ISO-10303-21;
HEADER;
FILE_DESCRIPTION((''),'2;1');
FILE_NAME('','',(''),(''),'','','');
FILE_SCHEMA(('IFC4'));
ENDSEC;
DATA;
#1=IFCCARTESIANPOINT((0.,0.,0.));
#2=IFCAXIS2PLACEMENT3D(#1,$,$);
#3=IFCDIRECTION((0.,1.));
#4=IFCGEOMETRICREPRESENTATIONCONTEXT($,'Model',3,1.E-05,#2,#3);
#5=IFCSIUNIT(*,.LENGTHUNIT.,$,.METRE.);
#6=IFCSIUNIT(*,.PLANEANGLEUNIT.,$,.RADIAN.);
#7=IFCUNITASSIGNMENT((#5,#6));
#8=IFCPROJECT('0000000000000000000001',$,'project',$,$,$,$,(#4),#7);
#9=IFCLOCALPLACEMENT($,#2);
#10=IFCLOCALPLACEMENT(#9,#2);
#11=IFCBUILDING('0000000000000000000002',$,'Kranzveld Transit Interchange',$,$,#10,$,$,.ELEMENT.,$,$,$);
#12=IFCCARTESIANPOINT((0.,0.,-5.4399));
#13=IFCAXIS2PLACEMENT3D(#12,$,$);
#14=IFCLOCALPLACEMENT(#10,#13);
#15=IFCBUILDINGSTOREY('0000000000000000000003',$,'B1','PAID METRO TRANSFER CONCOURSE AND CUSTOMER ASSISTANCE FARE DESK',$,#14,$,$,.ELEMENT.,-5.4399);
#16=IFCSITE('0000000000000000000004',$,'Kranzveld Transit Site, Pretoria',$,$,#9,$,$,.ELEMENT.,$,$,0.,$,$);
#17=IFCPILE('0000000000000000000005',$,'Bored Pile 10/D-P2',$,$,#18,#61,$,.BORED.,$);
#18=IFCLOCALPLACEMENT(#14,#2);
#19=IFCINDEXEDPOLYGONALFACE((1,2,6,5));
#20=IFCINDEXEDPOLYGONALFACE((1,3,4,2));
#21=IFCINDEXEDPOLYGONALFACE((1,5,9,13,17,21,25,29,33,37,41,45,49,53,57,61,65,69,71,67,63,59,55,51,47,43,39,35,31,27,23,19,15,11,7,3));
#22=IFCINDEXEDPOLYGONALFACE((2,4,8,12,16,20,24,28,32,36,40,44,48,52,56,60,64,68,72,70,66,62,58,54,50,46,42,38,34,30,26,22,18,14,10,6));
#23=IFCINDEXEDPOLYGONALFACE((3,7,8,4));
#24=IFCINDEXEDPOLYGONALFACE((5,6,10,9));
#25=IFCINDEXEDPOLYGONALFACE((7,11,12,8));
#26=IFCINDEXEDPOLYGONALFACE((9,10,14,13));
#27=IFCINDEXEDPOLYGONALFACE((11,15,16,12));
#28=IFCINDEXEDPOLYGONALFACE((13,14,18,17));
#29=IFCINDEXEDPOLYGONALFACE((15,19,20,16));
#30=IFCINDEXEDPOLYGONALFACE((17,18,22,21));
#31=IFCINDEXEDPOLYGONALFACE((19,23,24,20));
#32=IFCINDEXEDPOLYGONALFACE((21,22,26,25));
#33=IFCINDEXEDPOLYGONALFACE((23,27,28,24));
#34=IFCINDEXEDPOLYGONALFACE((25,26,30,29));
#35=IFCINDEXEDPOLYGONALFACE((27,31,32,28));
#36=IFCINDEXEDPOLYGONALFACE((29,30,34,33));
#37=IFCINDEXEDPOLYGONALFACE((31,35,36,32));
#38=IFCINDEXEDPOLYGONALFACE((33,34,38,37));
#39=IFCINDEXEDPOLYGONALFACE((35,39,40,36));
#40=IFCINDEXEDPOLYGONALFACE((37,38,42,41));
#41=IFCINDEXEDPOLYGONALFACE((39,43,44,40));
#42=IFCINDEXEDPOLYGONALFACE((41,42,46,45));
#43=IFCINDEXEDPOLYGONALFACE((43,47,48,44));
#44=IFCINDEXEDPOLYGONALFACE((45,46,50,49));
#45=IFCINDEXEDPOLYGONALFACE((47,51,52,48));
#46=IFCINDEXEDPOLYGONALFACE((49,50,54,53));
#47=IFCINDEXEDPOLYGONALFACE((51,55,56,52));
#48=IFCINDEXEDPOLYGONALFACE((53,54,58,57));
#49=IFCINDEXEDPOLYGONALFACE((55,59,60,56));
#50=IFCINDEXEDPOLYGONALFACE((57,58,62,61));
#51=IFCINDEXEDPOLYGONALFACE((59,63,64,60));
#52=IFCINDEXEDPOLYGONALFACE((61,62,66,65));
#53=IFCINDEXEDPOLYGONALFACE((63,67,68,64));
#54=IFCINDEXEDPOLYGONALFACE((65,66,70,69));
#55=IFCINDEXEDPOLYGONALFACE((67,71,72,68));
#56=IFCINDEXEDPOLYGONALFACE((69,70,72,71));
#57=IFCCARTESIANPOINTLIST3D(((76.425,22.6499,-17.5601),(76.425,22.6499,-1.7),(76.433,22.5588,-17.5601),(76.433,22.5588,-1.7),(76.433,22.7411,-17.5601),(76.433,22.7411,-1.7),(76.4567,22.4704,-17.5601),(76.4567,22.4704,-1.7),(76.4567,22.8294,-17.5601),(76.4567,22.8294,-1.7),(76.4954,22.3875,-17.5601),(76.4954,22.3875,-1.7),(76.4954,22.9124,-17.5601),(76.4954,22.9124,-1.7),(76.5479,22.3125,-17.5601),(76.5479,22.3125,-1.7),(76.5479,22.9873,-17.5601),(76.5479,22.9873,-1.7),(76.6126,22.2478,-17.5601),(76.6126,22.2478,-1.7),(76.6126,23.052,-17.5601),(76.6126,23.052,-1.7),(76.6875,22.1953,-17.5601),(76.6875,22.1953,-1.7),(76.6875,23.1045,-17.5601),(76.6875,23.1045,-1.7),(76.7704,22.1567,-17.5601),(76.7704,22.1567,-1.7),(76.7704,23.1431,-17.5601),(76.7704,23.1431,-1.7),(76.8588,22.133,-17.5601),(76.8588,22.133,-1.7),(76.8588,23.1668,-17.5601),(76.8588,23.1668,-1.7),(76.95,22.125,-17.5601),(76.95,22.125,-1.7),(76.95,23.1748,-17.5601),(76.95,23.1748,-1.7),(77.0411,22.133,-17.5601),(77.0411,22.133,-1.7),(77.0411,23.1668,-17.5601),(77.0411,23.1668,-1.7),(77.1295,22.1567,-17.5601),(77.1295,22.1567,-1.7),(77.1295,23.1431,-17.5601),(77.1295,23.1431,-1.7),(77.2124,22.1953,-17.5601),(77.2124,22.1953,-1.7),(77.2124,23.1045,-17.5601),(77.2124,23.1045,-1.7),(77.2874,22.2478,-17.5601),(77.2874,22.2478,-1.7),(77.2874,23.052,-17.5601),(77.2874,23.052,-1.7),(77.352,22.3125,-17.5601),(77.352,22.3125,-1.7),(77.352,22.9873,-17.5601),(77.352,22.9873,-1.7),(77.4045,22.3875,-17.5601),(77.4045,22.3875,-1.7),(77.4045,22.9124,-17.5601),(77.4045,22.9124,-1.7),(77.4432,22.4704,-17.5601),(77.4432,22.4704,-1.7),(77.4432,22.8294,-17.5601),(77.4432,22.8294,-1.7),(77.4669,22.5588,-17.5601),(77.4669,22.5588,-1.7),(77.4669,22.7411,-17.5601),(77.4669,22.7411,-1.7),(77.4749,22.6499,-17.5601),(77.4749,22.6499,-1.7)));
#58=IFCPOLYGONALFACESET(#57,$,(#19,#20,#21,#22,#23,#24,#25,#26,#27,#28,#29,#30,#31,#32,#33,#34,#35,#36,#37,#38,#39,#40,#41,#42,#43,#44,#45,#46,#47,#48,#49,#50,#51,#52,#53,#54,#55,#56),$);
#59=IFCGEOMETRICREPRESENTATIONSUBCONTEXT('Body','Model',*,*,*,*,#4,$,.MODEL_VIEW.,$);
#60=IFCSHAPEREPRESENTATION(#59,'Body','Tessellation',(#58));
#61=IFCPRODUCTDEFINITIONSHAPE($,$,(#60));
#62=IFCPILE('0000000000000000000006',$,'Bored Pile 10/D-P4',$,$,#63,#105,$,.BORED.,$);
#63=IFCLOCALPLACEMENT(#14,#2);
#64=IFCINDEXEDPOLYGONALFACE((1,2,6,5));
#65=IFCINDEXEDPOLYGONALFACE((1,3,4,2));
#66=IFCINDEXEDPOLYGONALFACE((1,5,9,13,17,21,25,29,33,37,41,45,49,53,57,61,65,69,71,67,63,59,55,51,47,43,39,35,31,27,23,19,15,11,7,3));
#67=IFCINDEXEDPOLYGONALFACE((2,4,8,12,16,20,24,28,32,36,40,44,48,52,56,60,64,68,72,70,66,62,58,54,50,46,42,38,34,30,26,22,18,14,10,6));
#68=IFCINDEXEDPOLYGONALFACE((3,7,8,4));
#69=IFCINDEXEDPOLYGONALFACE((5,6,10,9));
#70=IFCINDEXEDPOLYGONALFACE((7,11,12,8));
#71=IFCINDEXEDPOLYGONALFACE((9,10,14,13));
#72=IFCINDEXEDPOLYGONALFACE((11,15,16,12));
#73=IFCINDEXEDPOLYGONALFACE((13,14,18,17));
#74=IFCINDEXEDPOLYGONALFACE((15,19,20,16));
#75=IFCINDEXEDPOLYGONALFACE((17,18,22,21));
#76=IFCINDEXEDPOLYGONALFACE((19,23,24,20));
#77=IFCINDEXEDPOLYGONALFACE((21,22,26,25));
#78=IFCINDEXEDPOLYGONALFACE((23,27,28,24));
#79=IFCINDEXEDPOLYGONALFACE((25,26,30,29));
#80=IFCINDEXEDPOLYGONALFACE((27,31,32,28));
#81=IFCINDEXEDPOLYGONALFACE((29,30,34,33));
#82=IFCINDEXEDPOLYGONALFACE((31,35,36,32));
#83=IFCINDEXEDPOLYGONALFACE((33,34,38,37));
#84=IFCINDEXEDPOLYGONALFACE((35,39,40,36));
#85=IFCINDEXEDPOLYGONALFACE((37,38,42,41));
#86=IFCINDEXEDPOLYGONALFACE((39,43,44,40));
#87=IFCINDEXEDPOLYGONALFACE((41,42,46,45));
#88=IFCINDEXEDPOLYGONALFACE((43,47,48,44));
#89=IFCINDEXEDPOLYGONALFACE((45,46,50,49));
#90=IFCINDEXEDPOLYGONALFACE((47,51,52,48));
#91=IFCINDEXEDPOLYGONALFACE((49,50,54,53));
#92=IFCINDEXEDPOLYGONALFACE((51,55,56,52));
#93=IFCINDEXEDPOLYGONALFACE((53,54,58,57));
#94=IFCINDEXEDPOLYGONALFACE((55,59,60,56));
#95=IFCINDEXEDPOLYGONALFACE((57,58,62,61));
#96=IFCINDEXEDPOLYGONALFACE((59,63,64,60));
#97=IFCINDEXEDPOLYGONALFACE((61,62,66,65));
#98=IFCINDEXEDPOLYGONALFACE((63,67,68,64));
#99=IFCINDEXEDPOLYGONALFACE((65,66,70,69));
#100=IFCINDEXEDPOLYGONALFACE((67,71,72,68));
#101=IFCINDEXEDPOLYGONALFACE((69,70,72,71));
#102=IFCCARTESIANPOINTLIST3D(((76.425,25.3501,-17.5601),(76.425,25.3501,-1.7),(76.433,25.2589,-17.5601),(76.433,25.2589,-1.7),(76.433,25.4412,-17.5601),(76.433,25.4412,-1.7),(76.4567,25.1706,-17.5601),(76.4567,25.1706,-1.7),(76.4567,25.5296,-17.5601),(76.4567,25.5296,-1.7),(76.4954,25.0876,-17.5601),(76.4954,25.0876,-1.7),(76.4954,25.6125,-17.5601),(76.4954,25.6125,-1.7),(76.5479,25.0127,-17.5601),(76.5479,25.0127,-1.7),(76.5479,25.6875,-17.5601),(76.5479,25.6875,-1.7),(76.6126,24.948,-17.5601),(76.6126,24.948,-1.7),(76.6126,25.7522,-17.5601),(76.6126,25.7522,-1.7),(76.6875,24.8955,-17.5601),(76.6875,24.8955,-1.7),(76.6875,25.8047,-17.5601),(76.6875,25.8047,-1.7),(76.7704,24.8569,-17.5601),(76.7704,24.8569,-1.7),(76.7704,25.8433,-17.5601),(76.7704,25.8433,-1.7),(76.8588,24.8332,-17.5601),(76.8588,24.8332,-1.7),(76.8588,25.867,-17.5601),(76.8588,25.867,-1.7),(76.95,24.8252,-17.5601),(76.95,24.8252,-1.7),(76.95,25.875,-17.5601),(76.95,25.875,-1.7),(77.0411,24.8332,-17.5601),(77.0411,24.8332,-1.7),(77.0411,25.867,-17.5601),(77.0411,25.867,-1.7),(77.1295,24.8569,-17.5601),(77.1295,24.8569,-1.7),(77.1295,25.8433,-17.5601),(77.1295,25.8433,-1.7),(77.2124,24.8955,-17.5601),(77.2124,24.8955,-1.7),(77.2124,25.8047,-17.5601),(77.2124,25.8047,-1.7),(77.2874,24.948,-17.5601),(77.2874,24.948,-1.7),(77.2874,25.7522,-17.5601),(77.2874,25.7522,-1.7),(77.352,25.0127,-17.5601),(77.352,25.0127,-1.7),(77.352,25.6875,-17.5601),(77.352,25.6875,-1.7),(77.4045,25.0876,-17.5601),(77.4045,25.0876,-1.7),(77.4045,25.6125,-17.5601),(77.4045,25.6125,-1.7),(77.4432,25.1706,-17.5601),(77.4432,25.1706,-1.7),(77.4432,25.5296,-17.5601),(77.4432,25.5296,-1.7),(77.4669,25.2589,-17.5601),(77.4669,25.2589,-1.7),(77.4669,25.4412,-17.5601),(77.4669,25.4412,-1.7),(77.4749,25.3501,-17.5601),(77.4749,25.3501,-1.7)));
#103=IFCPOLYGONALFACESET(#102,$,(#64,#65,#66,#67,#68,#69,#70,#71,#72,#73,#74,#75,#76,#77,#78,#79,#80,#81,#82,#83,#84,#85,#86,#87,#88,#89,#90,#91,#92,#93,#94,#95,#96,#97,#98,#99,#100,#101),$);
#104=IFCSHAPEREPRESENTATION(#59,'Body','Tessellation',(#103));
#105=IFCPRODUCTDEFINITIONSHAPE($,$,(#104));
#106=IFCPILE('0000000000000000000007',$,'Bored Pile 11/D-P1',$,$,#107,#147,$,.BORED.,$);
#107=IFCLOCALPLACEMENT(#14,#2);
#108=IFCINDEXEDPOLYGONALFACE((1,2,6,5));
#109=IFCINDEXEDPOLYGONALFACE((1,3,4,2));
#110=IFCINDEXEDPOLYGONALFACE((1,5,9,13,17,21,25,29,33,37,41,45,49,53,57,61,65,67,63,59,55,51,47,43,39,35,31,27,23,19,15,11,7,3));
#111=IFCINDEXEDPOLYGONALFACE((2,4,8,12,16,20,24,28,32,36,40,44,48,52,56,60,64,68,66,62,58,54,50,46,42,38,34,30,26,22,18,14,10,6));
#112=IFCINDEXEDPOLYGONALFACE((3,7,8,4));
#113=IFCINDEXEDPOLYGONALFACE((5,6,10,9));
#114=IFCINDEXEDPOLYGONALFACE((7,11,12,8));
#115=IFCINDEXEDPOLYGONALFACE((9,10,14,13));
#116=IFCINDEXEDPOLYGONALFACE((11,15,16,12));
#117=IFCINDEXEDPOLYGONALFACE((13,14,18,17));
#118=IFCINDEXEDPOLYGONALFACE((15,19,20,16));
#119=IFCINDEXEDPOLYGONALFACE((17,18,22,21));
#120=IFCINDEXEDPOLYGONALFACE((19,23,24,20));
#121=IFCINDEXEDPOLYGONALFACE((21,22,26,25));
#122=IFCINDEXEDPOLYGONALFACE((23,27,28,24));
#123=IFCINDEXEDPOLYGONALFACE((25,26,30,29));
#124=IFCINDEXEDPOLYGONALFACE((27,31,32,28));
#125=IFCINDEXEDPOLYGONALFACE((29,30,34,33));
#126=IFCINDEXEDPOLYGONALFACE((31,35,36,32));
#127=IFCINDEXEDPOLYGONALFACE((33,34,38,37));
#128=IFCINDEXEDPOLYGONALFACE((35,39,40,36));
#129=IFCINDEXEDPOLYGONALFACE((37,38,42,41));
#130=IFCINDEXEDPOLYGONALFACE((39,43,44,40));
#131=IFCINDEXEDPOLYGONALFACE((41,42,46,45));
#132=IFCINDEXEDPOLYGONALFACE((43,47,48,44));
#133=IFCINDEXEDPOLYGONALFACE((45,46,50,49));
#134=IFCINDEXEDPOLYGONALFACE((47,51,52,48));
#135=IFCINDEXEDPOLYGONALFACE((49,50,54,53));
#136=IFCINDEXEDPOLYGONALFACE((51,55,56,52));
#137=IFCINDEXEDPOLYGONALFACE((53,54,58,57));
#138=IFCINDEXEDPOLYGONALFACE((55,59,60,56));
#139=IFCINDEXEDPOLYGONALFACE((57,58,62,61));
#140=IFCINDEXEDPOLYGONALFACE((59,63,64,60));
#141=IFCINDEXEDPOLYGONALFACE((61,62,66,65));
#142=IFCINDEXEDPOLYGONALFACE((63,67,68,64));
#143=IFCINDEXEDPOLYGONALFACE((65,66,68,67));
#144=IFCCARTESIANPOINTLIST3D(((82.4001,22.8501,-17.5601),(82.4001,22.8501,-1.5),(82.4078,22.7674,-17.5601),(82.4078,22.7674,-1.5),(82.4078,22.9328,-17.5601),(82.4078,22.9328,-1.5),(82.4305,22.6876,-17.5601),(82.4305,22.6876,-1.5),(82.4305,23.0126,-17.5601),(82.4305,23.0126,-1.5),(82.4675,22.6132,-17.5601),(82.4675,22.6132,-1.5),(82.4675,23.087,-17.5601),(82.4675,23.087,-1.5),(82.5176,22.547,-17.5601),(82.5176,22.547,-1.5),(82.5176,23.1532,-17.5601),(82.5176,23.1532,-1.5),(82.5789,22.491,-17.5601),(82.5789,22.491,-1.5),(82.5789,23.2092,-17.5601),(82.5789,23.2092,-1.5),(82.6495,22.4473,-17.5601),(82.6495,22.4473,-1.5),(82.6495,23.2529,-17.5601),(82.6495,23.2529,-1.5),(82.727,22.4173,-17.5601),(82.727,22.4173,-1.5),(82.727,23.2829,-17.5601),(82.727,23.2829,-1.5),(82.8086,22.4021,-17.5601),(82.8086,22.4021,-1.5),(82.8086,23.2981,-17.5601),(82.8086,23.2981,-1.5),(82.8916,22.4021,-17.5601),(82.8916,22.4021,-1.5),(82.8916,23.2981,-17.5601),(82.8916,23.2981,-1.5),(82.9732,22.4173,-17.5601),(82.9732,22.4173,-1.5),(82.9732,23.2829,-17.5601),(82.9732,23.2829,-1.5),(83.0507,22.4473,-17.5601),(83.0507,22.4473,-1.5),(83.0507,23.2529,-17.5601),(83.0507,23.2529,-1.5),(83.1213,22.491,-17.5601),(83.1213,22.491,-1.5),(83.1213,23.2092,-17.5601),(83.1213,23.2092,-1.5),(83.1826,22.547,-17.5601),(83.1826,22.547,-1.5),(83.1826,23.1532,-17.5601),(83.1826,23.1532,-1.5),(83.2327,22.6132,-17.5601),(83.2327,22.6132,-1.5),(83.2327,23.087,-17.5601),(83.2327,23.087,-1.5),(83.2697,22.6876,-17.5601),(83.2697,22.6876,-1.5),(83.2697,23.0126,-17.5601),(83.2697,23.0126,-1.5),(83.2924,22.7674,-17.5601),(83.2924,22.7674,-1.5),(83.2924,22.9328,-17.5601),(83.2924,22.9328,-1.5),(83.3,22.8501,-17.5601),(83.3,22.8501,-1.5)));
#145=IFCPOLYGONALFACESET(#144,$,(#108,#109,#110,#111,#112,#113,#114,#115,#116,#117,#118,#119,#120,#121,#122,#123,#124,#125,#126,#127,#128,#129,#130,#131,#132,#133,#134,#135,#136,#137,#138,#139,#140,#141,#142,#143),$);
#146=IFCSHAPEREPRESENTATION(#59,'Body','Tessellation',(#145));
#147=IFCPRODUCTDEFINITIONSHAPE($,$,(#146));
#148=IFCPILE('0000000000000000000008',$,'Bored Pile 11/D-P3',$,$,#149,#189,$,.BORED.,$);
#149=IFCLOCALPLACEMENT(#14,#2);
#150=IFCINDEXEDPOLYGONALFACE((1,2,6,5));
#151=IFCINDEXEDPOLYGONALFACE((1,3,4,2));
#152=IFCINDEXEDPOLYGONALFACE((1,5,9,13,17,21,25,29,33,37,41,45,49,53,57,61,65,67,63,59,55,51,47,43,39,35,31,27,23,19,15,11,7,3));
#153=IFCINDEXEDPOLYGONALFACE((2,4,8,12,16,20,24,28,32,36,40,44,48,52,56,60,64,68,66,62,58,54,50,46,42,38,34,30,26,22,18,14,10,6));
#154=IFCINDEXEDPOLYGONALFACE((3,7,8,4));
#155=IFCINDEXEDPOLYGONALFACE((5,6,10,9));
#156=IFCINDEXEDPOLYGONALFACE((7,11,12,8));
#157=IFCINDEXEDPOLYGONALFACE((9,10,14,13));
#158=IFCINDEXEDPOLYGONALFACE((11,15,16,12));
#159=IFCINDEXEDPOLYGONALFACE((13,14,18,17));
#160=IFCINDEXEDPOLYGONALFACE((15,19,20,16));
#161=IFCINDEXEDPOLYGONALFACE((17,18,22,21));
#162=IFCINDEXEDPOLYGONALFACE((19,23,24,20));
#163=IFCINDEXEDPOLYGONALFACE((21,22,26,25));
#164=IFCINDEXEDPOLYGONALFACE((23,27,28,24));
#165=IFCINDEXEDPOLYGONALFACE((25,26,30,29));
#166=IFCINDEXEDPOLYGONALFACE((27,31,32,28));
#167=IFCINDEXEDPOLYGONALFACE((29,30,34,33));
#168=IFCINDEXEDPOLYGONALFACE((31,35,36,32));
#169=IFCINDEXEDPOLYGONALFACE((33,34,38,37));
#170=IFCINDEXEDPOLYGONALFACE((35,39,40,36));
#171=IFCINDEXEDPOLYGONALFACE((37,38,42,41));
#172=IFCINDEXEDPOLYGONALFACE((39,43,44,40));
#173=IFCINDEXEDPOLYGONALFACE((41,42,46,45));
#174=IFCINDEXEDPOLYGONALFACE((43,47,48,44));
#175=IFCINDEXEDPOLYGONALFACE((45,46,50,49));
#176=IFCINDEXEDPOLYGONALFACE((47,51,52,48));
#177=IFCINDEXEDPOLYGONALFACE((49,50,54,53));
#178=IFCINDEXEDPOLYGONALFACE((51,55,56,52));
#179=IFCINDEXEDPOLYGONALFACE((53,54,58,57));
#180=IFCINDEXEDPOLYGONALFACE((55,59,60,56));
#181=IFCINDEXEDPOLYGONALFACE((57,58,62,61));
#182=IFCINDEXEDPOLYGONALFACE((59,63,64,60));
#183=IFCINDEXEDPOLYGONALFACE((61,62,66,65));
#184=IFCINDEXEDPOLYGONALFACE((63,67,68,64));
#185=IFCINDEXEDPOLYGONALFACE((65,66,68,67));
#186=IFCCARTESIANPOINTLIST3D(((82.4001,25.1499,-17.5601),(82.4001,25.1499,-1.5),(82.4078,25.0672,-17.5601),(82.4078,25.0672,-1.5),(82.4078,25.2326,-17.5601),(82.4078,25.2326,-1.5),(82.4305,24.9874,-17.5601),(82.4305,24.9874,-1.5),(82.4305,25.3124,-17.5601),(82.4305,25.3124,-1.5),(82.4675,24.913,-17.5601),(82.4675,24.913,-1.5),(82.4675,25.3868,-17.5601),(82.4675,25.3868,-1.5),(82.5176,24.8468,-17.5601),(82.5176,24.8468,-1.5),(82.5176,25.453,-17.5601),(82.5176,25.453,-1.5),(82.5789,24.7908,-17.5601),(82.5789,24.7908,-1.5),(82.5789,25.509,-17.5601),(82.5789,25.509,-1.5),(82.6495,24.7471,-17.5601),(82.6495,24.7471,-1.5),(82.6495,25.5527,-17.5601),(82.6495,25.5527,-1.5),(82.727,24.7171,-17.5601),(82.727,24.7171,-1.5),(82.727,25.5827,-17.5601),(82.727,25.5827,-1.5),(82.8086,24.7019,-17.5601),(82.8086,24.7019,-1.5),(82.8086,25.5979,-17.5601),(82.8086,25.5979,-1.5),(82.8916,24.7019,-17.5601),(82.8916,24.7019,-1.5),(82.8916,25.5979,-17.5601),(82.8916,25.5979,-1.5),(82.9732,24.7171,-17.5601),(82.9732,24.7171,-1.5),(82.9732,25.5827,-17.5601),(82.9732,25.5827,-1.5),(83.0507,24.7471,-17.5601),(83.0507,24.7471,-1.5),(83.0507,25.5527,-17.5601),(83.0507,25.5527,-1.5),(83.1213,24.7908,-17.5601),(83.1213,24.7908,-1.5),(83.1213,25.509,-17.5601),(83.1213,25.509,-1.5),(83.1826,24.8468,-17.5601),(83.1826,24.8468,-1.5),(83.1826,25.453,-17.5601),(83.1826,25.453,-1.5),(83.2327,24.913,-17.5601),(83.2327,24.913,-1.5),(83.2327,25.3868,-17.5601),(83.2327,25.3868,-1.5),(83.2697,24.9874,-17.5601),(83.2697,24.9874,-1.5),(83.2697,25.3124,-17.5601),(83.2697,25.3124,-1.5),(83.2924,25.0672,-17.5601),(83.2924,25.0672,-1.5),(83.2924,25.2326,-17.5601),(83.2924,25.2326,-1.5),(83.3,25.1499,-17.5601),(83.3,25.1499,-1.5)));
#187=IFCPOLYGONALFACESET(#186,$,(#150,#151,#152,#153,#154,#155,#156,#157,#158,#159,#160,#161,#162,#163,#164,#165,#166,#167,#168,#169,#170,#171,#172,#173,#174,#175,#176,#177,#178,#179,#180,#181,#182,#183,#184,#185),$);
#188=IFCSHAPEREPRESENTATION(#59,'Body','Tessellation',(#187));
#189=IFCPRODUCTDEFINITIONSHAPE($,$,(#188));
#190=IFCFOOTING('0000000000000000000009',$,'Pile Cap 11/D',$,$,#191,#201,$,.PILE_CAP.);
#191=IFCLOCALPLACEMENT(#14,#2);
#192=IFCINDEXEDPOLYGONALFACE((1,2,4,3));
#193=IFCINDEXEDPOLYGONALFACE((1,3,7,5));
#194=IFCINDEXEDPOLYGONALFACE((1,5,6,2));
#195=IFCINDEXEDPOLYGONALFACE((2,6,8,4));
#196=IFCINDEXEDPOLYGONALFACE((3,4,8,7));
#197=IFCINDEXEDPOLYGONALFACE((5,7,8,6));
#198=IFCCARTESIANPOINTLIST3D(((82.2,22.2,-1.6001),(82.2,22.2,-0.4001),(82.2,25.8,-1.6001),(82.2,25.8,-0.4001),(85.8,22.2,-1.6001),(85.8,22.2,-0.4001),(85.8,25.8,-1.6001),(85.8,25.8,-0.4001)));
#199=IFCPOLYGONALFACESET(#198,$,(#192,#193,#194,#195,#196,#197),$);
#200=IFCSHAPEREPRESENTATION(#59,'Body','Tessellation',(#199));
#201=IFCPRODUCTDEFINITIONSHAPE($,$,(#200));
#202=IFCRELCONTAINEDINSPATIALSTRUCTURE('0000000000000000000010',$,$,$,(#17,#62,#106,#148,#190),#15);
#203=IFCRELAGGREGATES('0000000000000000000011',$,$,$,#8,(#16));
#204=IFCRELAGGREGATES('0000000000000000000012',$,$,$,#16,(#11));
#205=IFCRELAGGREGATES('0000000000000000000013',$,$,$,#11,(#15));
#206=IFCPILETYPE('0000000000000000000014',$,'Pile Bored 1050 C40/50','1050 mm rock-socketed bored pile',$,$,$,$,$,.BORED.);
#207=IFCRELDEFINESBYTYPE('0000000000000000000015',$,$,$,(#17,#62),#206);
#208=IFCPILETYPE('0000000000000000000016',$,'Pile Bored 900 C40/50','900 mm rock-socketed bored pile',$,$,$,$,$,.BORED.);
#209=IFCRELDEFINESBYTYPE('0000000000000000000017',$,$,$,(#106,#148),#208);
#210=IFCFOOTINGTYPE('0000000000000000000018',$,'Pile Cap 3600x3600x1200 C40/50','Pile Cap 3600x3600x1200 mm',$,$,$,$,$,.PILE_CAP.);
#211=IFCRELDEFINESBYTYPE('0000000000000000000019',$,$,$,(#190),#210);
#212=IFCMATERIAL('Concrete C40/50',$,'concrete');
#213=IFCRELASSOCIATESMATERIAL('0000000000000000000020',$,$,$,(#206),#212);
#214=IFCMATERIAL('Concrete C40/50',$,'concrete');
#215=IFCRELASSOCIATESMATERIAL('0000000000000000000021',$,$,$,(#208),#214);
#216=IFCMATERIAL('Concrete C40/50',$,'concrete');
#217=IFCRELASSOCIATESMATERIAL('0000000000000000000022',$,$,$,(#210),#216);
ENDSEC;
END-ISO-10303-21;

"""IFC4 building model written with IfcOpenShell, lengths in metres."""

from ifc_helpers import new_model, si_unit, direction, frame, origin, origin_2d, place, context, subcontext, project, spatial, rectangle, circle, extrude, material, material_profile, profile_set, type_object, element, save


model = new_model("IFC4")

# Units and contexts
model_context = context("Model", 3, precision=1e-05, world=origin(), true_north=direction((0.0, 1.0)))
body_context = subcontext(model_context, "Body", "Model", "MODEL_VIEW")
ifc_project = project(units=[si_unit("LENGTHUNIT", "METRE"), si_unit("PLANEANGLEUNIT", "RADIAN")], contexts=[model_context])

# Site, building, storey
site_placement = place(None, origin())
site = spatial("IfcSite", under=ifc_project, at=site_placement, Name="Kranzveld Transit Site, Pretoria", CompositionType="ELEMENT", RefElevation=0.0)
building_placement = place(site_placement, origin())
building = spatial("IfcBuilding", under=site, at=building_placement, Name="Kranzveld Transit Interchange", CompositionType="ELEMENT")
storey_placement = place(building_placement, frame((0.0, 0.0, -5.4399)))
storey = spatial("IfcBuildingStorey", under=building, at=storey_placement, Name="B1", Description="PAID METRO TRANSFER CONCOURSE AND CUSTOMER ASSISTANCE FARE DESK", CompositionType="ELEMENT", Elevation=-5.4399)

# Piles
ifc_material_1 = material(Name="Concrete C40/50", Category="concrete")
ifc_material_profile_1 = material_profile(ifc_material_1, circle(Radius=0.5249, at=origin_2d()), Name="BORED PILE 1050")
ifc_profile_set_1 = profile_set([ifc_material_profile_1], Name="Concrete C40/50")
pile_type_1 = type_object("IfcPileType", Name="Pile Bored 1050 C40/50", Description="1050 mm rock-socketed bored pile", PredefinedType="BORED", material=ifc_profile_set_1)
for number, where, z_axis, x_axis, name in (
    (1, (76.95, 22.6499, -1.7), (0.0, 0.0, -1.0), (1.0, 0.0, 0.0), "Bored Pile 10/D-P2"),
    (2, (76.95, 25.3501, -1.7), (0.0, 0.0, -1.0), (1.0, 0.0, 0.0), "Bored Pile 10/D-P4"),
):
    element("IfcPile", number, at=place(storey_placement, frame(where, z_axis=z_axis, x_axis=x_axis)), inside=storey, type_object=pile_type_1, Name=name, PredefinedType="BORED", context=body_context, shape_type="SweptSolid", body=[
        extrude(circle(Radius=0.5249, at=origin_2d()), origin(), (0.0, 0.0, 1.0), 15.8601),
    ])
ifc_material_2 = material(Name="Concrete C40/50", Category="concrete")
ifc_material_profile_2 = material_profile(ifc_material_2, circle(Radius=0.45, at=origin_2d()), Name="BORED PILE 900")
ifc_profile_set_2 = profile_set([ifc_material_profile_2], Name="Concrete C40/50")
pile_type_2 = type_object("IfcPileType", Name="Pile Bored 900 C40/50", Description="900 mm rock-socketed bored pile", PredefinedType="BORED", material=ifc_profile_set_2)
for number, where, z_axis, x_axis, name in (
    (3, (82.8501, 22.8501, -1.5), (0.0, 0.0, -1.0), (1.0, 0.0, 0.0), "Bored Pile 11/D-P1"),
    (4, (82.8501, 25.1499, -1.5), (0.0, 0.0, -1.0), (1.0, 0.0, 0.0), "Bored Pile 11/D-P3"),
):
    element("IfcPile", number, at=place(storey_placement, frame(where, z_axis=z_axis, x_axis=x_axis)), inside=storey, type_object=pile_type_2, Name=name, PredefinedType="BORED", context=body_context, shape_type="SweptSolid", body=[
        extrude(circle(Radius=0.45, at=origin_2d()), origin(), (0.0, 0.0, 1.0), 16.0601),
    ])

# Footing
ifc_material_3 = material(Name="Concrete C40/50", Category="concrete")
footing_type = type_object("IfcFootingType", Name="Pile Cap 3600x3600x1200 C40/50", Description="Pile Cap 3600x3600x1200 mm", PredefinedType="PILE_CAP", material=ifc_material_3)
footing_placement = place(storey_placement, frame((84.0, 24.0, -1.6001), z_axis=(0.0, 0.0, 1.0), x_axis=(1.0, 0.0, 0.0)))
element("IfcFooting", 5, at=footing_placement, inside=storey, type_object=footing_type, Name="Pile Cap 11/D", PredefinedType="PILE_CAP", context=body_context, shape_type="SweptSolid", body=[
    extrude(rectangle(XDim=3.6001, YDim=3.6001, at=origin_2d()), origin(), (0.0, 0.0, 1.0), 1.2),
])

save(model, "model.ifc")
